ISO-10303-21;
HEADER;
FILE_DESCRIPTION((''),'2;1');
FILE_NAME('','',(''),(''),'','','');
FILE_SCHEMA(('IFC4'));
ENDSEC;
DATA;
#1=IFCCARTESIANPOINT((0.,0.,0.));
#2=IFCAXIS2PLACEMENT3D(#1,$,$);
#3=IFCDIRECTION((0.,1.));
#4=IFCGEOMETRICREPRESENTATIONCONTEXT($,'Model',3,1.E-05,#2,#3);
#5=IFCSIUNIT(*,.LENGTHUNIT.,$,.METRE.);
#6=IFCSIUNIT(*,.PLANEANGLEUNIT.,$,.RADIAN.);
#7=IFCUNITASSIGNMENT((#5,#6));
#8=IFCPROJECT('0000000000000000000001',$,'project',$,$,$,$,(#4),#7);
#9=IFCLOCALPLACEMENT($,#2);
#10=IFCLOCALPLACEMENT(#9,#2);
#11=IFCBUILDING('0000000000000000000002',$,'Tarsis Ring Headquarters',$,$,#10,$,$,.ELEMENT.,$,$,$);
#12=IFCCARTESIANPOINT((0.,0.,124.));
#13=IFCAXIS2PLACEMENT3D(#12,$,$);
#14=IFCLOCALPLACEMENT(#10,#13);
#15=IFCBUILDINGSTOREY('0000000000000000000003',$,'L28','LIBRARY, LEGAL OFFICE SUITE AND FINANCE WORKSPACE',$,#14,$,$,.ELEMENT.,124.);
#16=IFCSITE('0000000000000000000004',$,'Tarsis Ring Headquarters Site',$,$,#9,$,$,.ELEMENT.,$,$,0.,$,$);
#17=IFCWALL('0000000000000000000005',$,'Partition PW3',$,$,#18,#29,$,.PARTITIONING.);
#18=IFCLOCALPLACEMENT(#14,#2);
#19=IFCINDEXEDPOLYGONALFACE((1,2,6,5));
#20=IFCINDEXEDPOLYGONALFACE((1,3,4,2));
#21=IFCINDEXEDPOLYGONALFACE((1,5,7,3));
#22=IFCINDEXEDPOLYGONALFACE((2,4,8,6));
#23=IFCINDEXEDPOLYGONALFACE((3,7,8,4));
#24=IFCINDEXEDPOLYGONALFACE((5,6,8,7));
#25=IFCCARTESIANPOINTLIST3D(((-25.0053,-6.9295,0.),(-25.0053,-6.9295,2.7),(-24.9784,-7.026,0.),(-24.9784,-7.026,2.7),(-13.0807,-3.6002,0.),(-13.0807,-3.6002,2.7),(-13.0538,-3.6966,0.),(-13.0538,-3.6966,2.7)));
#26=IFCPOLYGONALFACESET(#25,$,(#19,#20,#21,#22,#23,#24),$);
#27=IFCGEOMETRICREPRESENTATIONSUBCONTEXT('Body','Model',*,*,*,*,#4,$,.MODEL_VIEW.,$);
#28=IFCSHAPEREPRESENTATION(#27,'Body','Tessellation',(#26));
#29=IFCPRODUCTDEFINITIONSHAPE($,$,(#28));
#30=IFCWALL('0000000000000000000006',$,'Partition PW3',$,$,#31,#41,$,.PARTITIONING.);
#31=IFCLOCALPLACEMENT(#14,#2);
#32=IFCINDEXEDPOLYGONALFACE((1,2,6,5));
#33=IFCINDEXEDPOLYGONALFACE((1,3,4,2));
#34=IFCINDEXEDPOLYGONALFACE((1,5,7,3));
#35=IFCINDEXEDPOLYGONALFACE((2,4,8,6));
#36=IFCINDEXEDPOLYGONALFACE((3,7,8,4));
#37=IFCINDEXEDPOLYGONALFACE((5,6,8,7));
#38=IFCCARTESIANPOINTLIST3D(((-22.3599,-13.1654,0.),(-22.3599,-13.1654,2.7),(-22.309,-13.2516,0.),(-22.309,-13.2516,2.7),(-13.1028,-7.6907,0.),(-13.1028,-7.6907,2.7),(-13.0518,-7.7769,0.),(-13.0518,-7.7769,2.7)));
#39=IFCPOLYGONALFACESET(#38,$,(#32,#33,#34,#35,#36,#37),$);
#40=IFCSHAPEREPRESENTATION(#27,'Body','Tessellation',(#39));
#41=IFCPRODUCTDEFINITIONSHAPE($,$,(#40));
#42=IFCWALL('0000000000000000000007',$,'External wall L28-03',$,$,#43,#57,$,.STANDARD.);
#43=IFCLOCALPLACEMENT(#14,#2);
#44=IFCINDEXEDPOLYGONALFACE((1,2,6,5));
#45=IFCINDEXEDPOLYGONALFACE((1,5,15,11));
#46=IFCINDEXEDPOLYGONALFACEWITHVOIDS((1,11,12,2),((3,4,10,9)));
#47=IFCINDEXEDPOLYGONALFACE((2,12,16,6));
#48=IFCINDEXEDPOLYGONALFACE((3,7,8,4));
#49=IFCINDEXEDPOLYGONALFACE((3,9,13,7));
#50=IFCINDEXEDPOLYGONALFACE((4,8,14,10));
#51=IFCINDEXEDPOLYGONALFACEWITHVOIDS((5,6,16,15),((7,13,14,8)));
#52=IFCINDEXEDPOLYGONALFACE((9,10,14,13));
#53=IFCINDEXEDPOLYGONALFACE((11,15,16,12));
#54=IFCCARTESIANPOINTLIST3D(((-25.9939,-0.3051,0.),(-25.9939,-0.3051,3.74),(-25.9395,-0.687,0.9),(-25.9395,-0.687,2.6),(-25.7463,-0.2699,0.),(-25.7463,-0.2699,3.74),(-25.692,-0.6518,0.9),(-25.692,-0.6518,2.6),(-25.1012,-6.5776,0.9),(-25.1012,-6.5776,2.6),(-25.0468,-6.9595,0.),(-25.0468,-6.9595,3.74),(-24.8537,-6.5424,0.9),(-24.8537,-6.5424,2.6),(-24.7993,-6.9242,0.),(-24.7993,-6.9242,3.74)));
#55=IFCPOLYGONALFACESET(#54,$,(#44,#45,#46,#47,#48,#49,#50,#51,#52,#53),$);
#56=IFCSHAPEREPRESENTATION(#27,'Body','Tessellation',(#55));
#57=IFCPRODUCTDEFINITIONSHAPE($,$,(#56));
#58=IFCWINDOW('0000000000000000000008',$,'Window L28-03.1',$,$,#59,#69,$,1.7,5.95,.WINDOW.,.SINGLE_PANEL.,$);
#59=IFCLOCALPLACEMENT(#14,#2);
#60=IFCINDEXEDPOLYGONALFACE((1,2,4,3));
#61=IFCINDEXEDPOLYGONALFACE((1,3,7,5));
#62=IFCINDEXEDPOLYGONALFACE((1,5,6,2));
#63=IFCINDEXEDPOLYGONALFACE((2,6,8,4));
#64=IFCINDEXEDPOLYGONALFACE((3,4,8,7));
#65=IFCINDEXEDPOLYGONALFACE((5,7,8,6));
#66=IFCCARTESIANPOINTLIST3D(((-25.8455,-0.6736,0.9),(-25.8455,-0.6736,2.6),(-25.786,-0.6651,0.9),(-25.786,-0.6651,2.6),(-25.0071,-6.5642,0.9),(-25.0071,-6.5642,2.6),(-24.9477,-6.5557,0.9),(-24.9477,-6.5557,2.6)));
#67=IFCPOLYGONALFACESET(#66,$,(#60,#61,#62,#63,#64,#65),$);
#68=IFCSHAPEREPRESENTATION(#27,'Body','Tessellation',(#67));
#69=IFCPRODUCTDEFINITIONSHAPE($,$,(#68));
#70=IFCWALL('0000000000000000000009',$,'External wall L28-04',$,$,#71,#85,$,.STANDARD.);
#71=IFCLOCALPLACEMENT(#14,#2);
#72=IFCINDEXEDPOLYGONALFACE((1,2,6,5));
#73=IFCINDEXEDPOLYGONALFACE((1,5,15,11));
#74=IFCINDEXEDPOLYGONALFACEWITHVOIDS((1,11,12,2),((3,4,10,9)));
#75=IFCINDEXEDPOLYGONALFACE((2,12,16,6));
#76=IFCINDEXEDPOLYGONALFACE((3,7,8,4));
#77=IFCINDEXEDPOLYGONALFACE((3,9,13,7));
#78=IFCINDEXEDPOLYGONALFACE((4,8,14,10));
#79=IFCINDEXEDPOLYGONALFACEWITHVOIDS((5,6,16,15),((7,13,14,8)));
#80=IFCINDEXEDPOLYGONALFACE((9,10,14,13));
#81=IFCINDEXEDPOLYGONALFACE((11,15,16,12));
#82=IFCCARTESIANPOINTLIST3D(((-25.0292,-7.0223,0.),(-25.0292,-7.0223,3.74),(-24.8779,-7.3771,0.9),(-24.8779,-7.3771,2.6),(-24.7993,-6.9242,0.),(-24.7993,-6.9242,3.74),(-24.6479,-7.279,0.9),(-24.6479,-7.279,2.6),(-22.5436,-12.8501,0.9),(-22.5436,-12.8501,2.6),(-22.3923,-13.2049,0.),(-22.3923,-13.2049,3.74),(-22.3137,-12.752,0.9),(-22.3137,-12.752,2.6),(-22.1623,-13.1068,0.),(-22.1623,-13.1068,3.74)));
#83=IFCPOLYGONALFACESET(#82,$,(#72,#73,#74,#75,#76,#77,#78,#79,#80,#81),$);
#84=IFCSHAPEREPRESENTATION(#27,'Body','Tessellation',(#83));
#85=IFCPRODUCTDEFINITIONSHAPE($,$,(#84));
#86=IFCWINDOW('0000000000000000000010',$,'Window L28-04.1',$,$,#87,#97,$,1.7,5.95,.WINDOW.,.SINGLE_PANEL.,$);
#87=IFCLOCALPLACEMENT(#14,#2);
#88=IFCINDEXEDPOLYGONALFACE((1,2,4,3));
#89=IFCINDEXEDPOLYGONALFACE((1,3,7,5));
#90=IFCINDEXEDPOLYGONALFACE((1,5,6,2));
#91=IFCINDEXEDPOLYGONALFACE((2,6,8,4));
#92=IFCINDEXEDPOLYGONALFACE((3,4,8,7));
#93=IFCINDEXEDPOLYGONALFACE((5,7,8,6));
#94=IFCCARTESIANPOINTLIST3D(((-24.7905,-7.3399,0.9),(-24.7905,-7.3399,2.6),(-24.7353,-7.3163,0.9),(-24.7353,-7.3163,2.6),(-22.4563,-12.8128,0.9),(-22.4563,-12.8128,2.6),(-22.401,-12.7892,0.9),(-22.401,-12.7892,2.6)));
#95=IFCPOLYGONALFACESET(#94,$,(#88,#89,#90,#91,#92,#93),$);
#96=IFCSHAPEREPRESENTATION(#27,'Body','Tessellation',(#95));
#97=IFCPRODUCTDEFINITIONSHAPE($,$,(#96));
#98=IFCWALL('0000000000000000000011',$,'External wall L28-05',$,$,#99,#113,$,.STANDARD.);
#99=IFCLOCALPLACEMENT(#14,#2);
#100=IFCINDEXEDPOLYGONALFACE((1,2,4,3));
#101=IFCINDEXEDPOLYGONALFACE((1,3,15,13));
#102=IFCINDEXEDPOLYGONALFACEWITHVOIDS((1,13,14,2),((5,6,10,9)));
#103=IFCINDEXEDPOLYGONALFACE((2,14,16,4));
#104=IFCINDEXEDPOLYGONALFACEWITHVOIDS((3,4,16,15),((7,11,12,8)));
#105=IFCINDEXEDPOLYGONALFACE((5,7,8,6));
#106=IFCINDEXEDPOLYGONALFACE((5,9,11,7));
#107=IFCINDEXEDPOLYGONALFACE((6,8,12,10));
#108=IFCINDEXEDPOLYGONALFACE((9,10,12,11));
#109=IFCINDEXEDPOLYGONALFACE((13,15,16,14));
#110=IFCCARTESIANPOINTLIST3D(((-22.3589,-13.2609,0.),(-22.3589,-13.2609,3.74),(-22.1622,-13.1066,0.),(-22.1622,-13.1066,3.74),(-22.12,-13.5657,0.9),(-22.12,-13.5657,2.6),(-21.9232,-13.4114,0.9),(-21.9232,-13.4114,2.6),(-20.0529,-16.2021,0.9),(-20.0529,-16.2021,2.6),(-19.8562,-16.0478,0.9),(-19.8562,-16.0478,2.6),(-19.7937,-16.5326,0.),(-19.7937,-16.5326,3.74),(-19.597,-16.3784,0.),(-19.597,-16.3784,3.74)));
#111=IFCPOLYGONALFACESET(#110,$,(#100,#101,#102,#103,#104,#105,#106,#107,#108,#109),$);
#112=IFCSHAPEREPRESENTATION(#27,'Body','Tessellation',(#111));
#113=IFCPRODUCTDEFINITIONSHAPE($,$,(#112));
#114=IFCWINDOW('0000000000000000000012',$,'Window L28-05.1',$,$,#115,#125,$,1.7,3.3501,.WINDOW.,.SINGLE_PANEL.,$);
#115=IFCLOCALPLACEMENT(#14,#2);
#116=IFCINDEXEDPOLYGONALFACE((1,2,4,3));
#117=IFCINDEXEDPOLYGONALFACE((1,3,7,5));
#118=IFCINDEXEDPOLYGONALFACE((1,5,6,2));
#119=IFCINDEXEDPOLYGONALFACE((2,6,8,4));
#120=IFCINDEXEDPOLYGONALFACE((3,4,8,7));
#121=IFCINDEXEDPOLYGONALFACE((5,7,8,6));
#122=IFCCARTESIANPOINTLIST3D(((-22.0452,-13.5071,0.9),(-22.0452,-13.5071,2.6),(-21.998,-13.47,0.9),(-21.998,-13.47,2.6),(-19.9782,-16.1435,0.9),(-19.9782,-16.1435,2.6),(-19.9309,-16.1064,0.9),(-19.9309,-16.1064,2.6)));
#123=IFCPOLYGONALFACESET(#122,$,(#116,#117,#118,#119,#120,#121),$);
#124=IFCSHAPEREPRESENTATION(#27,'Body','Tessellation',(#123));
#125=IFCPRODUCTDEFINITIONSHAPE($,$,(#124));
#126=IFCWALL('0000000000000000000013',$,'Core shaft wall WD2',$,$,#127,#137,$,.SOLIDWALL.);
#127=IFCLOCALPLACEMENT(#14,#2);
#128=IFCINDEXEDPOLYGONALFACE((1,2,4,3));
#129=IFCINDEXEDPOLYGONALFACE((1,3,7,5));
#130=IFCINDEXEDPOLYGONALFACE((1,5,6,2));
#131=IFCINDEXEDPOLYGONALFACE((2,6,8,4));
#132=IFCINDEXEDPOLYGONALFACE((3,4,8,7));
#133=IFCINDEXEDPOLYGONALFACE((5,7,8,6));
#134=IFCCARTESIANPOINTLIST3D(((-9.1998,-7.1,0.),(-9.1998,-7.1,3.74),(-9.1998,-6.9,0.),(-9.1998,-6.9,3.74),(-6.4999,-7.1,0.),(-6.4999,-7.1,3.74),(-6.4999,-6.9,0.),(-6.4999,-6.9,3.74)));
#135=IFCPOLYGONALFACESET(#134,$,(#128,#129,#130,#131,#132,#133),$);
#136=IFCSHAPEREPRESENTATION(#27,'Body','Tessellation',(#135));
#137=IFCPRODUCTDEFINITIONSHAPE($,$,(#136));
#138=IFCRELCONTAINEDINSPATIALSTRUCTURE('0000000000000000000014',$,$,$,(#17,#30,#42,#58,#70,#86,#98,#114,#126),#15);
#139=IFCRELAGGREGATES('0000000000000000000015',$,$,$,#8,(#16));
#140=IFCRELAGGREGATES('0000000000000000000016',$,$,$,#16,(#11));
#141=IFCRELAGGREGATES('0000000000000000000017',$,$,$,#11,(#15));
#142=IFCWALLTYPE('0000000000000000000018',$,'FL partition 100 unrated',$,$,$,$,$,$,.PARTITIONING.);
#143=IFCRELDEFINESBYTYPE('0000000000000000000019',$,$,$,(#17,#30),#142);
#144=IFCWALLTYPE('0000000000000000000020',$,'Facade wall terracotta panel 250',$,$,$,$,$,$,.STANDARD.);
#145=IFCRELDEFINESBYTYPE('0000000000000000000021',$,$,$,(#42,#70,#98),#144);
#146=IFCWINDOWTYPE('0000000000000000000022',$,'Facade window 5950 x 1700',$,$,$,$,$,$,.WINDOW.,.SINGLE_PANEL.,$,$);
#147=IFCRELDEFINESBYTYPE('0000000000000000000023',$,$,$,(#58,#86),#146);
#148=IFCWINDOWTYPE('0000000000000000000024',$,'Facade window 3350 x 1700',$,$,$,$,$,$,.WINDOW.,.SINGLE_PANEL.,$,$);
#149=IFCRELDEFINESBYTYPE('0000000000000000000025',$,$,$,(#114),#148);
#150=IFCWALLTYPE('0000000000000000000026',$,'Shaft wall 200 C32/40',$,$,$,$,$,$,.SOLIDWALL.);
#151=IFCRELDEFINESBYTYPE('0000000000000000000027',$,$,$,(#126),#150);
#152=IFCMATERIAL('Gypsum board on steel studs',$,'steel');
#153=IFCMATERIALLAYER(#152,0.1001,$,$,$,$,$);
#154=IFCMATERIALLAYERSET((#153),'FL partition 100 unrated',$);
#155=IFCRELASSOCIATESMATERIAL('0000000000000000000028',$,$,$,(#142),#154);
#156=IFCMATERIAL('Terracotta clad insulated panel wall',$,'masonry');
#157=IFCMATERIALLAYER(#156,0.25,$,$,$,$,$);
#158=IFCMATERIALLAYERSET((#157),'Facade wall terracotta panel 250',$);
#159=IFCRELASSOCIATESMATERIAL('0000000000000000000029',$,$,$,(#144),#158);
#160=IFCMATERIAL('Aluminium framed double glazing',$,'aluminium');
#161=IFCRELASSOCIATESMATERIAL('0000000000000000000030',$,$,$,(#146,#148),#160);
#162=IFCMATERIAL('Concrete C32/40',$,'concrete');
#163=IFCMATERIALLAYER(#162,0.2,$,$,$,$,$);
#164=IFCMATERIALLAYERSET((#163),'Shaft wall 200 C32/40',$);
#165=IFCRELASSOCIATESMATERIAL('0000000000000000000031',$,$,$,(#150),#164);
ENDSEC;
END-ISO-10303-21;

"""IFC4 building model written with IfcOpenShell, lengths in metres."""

from ifc_helpers import new_model, si_unit, direction, frame, frame_2d, origin, place, context, subcontext, project, spatial, rectangle, extrude, material, layer, layer_set, type_object, element, fill, save


model = new_model("IFC4")

# Units and contexts
model_context = context("Model", 3, precision=1e-05, world=origin(), true_north=direction((0.0, 1.0)))
body_context = subcontext(model_context, "Body", "Model", "MODEL_VIEW")
ifc_project = project(units=[si_unit("LENGTHUNIT", "METRE"), si_unit("PLANEANGLEUNIT", "RADIAN")], contexts=[model_context])

# Site, building, storey
site_placement = place(None, origin())
site = spatial("IfcSite", under=ifc_project, at=site_placement, Name="Tarsis Ring Headquarters Site", CompositionType="ELEMENT", RefElevation=0.0)
building_placement = place(site_placement, origin())
building = spatial("IfcBuilding", under=site, at=building_placement, Name="Tarsis Ring Headquarters", CompositionType="ELEMENT")
storey_placement = place(building_placement, frame((0.0, 0.0, 124.0)))
storey = spatial("IfcBuildingStorey", under=building, at=storey_placement, Name="L28", Description="LIBRARY, LEGAL OFFICE SUITE AND FINANCE WORKSPACE", CompositionType="ELEMENT", Elevation=124.0)

# Walls
ifc_material_1 = material(Name="Gypsum board on steel studs", Category="steel")
ifc_layer_1 = layer(ifc_material_1, 0.1001)
ifc_layer_set_1 = layer_set([ifc_layer_1], Name="FL partition 100 unrated")
wall_type_1 = type_object("IfcWallType", Name="FL partition 100 unrated", PredefinedType="PARTITIONING", material=ifc_layer_set_1)
wall_1_placement = place(storey_placement, frame((-24.9919, -6.9778, 0.0), z_axis=(0.0, 0.0, 1.0), x_axis=(0.963164, 0.268916, 0.0)))
element("IfcWall", 1, at=wall_1_placement, inside=storey, type_object=wall_type_1, Name="Partition PW3", PredefinedType="PARTITIONING", context=body_context, shape_type="SweptSolid", body=[
    extrude(rectangle(XDim=12.3806, YDim=0.1001, at=frame_2d((6.1904, 0.0))), origin(), (0.0, 0.0, 1.0), 2.7),
])
wall_2_placement = place(storey_placement, frame((-22.3345, -13.2085, 0.0), z_axis=(0.0, 0.0, 1.0), x_axis=(0.860743, 0.509041, 0.0)))
element("IfcWall", 2, at=wall_2_placement, inside=storey, type_object=wall_type_1, Name="Partition PW3", PredefinedType="PARTITIONING", context=body_context, shape_type="SweptSolid", body=[
    extrude(rectangle(XDim=10.7549, YDim=0.1001, at=frame_2d((5.3774, 0.0))), origin(), (0.0, 0.0, 1.0), 2.7),
])

# Walls, openings, windows
ifc_material_2 = material(Name="Terracotta clad insulated panel wall", Category="masonry")
ifc_layer_2 = layer(ifc_material_2, 0.25)
ifc_layer_set_2 = layer_set([ifc_layer_2], Name="Facade wall terracotta panel 250")
wall_type_2 = type_object("IfcWallType", Name="Facade wall terracotta panel 250", PredefinedType="STANDARD", material=ifc_layer_set_2)
wall_3_placement = place(storey_placement, frame((-25.8701, -0.2874, 0.0), z_axis=(0.0, 0.0, 1.0), x_axis=(0.140898, -0.990024, 0.0)))
wall_3 = element("IfcWall", 3, at=wall_3_placement, inside=storey, type_object=wall_type_2, Name="External wall L28-03", PredefinedType="STANDARD", context=body_context, shape_type="SweptSolid", body=[
    extrude(rectangle(XDim=6.7214, YDim=0.25, at=frame_2d((3.3608, 0.0))), origin(), (0.0, 0.0, 1.0), 3.74),
])
opening_1_placement = place(wall_3_placement, frame((0.3857, 0.0, 0.8999)))
opening_1 = element("IfcOpeningElement", 4, at=opening_1_placement, cuts=wall_3, PredefinedType="OPENING", context=body_context, shape_type="SweptSolid", body=[
    extrude(rectangle(XDim=5.95, YDim=1.7, at=frame_2d((2.9751, 0.8501))), frame((0.0, 0.135, 0.0), z_axis=(0.0, -1.0, 0.0), x_axis=(1.0, 0.0, 0.0)), (0.0, 0.0, 1.0), 0.27),
])
ifc_material_3 = material(Name="Aluminium framed double glazing", Category="aluminium")
window_type_1 = type_object("IfcWindowType", Name="Facade window 5950 x 1700", PartitioningType="SINGLE_PANEL", PredefinedType="WINDOW", material=ifc_material_3)
window_1_placement = place(opening_1_placement, origin())
window_1 = element("IfcWindow", 5, at=window_1_placement, inside=storey, type_object=window_type_1, Name="Window L28-03.1", OverallHeight=1.7, OverallWidth=5.95, PartitioningType="SINGLE_PANEL", PredefinedType="WINDOW", context=body_context, shape_type="SweptSolid", body=[
    extrude(rectangle(XDim=5.95, YDim=1.7, at=frame_2d((2.9751, 0.8501))), frame((0.0, 0.03, 0.0), z_axis=(0.0, -1.0, 0.0), x_axis=(1.0, 0.0, 0.0)), (0.0, 0.0, 1.0), 0.0601),
])
fill(opening_1, window_1)
wall_4_placement = place(storey_placement, frame((-24.9143, -6.9731, 0.0), z_axis=(0.0, 0.0, 1.0), x_axis=(0.392319, -0.919829, 0.0)))
wall_4 = element("IfcWall", 6, at=wall_4_placement, inside=storey, type_object=wall_type_2, Name="External wall L28-04", PredefinedType="STANDARD", context=body_context, shape_type="SweptSolid", body=[
    extrude(rectangle(XDim=6.7214, YDim=0.25, at=frame_2d((3.3608, 0.0))), origin(), (0.0, 0.0, 1.0), 3.74),
])
opening_2_placement = place(wall_4_placement, frame((0.3857, 0.0, 0.8999)))
opening_2 = element("IfcOpeningElement", 7, at=opening_2_placement, cuts=wall_4, PredefinedType="OPENING", context=body_context, shape_type="SweptSolid", body=[
    extrude(rectangle(XDim=5.95, YDim=1.7, at=frame_2d((2.9751, 0.8501))), frame((0.0, 0.135, 0.0), z_axis=(0.0, -1.0, 0.0), x_axis=(1.0, 0.0, 0.0)), (0.0, 0.0, 1.0), 0.27),
])
window_2_placement = place(opening_2_placement, origin())
window_2 = element("IfcWindow", 8, at=window_2_placement, inside=storey, type_object=window_type_1, Name="Window L28-04.1", OverallHeight=1.7, OverallWidth=5.95, PartitioningType="SINGLE_PANEL", PredefinedType="WINDOW", context=body_context, shape_type="SweptSolid", body=[
    extrude(rectangle(XDim=5.95, YDim=1.7, at=frame_2d((2.9751, 0.8501))), frame((0.0, 0.03, 0.0), z_axis=(0.0, -1.0, 0.0), x_axis=(1.0, 0.0, 0.0)), (0.0, 0.0, 1.0), 0.0601),
])
fill(opening_2, window_2)
wall_5_placement = place(storey_placement, frame((-22.2605, -13.1838, 0.0), z_axis=(0.0, 0.0, 1.0), x_axis=(0.617009, -0.786956, 0.0)))
wall_5 = element("IfcWall", 9, at=wall_5_placement, inside=storey, type_object=wall_type_2, Name="External wall L28-05", PredefinedType="STANDARD", context=body_context, shape_type="SweptSolid", body=[
    extrude(rectangle(XDim=4.1575, YDim=0.25, at=frame_2d((2.0786, 0.0))), origin(), (0.0, 0.0, 1.0), 3.74),
])
opening_3_placement = place(wall_5_placement, frame((0.3872, 0.0, 0.8999)))
opening_3 = element("IfcOpeningElement", 10, at=opening_3_placement, cuts=wall_5, PredefinedType="OPENING", context=body_context, shape_type="SweptSolid", body=[
    extrude(rectangle(XDim=3.3501, YDim=1.7, at=frame_2d((1.675, 0.8501))), frame((0.0, 0.135, 0.0), z_axis=(0.0, -1.0, 0.0), x_axis=(1.0, 0.0, 0.0)), (0.0, 0.0, 1.0), 0.27),
])
window_type_2 = type_object("IfcWindowType", Name="Facade window 3350 x 1700", PartitioningType="SINGLE_PANEL", PredefinedType="WINDOW", material=ifc_material_3)
window_3_placement = place(opening_3_placement, origin())
window_3 = element("IfcWindow", 11, at=window_3_placement, inside=storey, type_object=window_type_2, Name="Window L28-05.1", OverallHeight=1.7, OverallWidth=3.3501, PartitioningType="SINGLE_PANEL", PredefinedType="WINDOW", context=body_context, shape_type="SweptSolid", body=[
    extrude(rectangle(XDim=3.3501, YDim=1.7, at=frame_2d((1.675, 0.8501))), frame((0.0, 0.03, 0.0), z_axis=(0.0, -1.0, 0.0), x_axis=(1.0, 0.0, 0.0)), (0.0, 0.0, 1.0), 0.0601),
])
fill(opening_3, window_3)

# Wall
ifc_material_4 = material(Name="Concrete C32/40", Category="concrete")
ifc_layer_3 = layer(ifc_material_4, 0.2)
ifc_layer_set_3 = layer_set([ifc_layer_3], Name="Shaft wall 200 C32/40")
wall_type_3 = type_object("IfcWallType", Name="Shaft wall 200 C32/40", PredefinedType="SOLIDWALL", material=ifc_layer_set_3)
wall_6_placement = place(storey_placement, frame((-9.2, -7.0, 0.0), z_axis=(0.0, 0.0, 1.0), x_axis=(1.0, 0.0, 0.0)))
element("IfcWall", 12, at=wall_6_placement, inside=storey, type_object=wall_type_3, Name="Core shaft wall WD2", PredefinedType="SOLIDWALL", context=body_context, shape_type="SweptSolid", body=[
    extrude(rectangle(XDim=2.7, YDim=0.2, at=frame_2d((1.3501, 0.0))), origin(), (0.0, 0.0, 1.0), 3.74),
])

save(model, "model.ifc")
